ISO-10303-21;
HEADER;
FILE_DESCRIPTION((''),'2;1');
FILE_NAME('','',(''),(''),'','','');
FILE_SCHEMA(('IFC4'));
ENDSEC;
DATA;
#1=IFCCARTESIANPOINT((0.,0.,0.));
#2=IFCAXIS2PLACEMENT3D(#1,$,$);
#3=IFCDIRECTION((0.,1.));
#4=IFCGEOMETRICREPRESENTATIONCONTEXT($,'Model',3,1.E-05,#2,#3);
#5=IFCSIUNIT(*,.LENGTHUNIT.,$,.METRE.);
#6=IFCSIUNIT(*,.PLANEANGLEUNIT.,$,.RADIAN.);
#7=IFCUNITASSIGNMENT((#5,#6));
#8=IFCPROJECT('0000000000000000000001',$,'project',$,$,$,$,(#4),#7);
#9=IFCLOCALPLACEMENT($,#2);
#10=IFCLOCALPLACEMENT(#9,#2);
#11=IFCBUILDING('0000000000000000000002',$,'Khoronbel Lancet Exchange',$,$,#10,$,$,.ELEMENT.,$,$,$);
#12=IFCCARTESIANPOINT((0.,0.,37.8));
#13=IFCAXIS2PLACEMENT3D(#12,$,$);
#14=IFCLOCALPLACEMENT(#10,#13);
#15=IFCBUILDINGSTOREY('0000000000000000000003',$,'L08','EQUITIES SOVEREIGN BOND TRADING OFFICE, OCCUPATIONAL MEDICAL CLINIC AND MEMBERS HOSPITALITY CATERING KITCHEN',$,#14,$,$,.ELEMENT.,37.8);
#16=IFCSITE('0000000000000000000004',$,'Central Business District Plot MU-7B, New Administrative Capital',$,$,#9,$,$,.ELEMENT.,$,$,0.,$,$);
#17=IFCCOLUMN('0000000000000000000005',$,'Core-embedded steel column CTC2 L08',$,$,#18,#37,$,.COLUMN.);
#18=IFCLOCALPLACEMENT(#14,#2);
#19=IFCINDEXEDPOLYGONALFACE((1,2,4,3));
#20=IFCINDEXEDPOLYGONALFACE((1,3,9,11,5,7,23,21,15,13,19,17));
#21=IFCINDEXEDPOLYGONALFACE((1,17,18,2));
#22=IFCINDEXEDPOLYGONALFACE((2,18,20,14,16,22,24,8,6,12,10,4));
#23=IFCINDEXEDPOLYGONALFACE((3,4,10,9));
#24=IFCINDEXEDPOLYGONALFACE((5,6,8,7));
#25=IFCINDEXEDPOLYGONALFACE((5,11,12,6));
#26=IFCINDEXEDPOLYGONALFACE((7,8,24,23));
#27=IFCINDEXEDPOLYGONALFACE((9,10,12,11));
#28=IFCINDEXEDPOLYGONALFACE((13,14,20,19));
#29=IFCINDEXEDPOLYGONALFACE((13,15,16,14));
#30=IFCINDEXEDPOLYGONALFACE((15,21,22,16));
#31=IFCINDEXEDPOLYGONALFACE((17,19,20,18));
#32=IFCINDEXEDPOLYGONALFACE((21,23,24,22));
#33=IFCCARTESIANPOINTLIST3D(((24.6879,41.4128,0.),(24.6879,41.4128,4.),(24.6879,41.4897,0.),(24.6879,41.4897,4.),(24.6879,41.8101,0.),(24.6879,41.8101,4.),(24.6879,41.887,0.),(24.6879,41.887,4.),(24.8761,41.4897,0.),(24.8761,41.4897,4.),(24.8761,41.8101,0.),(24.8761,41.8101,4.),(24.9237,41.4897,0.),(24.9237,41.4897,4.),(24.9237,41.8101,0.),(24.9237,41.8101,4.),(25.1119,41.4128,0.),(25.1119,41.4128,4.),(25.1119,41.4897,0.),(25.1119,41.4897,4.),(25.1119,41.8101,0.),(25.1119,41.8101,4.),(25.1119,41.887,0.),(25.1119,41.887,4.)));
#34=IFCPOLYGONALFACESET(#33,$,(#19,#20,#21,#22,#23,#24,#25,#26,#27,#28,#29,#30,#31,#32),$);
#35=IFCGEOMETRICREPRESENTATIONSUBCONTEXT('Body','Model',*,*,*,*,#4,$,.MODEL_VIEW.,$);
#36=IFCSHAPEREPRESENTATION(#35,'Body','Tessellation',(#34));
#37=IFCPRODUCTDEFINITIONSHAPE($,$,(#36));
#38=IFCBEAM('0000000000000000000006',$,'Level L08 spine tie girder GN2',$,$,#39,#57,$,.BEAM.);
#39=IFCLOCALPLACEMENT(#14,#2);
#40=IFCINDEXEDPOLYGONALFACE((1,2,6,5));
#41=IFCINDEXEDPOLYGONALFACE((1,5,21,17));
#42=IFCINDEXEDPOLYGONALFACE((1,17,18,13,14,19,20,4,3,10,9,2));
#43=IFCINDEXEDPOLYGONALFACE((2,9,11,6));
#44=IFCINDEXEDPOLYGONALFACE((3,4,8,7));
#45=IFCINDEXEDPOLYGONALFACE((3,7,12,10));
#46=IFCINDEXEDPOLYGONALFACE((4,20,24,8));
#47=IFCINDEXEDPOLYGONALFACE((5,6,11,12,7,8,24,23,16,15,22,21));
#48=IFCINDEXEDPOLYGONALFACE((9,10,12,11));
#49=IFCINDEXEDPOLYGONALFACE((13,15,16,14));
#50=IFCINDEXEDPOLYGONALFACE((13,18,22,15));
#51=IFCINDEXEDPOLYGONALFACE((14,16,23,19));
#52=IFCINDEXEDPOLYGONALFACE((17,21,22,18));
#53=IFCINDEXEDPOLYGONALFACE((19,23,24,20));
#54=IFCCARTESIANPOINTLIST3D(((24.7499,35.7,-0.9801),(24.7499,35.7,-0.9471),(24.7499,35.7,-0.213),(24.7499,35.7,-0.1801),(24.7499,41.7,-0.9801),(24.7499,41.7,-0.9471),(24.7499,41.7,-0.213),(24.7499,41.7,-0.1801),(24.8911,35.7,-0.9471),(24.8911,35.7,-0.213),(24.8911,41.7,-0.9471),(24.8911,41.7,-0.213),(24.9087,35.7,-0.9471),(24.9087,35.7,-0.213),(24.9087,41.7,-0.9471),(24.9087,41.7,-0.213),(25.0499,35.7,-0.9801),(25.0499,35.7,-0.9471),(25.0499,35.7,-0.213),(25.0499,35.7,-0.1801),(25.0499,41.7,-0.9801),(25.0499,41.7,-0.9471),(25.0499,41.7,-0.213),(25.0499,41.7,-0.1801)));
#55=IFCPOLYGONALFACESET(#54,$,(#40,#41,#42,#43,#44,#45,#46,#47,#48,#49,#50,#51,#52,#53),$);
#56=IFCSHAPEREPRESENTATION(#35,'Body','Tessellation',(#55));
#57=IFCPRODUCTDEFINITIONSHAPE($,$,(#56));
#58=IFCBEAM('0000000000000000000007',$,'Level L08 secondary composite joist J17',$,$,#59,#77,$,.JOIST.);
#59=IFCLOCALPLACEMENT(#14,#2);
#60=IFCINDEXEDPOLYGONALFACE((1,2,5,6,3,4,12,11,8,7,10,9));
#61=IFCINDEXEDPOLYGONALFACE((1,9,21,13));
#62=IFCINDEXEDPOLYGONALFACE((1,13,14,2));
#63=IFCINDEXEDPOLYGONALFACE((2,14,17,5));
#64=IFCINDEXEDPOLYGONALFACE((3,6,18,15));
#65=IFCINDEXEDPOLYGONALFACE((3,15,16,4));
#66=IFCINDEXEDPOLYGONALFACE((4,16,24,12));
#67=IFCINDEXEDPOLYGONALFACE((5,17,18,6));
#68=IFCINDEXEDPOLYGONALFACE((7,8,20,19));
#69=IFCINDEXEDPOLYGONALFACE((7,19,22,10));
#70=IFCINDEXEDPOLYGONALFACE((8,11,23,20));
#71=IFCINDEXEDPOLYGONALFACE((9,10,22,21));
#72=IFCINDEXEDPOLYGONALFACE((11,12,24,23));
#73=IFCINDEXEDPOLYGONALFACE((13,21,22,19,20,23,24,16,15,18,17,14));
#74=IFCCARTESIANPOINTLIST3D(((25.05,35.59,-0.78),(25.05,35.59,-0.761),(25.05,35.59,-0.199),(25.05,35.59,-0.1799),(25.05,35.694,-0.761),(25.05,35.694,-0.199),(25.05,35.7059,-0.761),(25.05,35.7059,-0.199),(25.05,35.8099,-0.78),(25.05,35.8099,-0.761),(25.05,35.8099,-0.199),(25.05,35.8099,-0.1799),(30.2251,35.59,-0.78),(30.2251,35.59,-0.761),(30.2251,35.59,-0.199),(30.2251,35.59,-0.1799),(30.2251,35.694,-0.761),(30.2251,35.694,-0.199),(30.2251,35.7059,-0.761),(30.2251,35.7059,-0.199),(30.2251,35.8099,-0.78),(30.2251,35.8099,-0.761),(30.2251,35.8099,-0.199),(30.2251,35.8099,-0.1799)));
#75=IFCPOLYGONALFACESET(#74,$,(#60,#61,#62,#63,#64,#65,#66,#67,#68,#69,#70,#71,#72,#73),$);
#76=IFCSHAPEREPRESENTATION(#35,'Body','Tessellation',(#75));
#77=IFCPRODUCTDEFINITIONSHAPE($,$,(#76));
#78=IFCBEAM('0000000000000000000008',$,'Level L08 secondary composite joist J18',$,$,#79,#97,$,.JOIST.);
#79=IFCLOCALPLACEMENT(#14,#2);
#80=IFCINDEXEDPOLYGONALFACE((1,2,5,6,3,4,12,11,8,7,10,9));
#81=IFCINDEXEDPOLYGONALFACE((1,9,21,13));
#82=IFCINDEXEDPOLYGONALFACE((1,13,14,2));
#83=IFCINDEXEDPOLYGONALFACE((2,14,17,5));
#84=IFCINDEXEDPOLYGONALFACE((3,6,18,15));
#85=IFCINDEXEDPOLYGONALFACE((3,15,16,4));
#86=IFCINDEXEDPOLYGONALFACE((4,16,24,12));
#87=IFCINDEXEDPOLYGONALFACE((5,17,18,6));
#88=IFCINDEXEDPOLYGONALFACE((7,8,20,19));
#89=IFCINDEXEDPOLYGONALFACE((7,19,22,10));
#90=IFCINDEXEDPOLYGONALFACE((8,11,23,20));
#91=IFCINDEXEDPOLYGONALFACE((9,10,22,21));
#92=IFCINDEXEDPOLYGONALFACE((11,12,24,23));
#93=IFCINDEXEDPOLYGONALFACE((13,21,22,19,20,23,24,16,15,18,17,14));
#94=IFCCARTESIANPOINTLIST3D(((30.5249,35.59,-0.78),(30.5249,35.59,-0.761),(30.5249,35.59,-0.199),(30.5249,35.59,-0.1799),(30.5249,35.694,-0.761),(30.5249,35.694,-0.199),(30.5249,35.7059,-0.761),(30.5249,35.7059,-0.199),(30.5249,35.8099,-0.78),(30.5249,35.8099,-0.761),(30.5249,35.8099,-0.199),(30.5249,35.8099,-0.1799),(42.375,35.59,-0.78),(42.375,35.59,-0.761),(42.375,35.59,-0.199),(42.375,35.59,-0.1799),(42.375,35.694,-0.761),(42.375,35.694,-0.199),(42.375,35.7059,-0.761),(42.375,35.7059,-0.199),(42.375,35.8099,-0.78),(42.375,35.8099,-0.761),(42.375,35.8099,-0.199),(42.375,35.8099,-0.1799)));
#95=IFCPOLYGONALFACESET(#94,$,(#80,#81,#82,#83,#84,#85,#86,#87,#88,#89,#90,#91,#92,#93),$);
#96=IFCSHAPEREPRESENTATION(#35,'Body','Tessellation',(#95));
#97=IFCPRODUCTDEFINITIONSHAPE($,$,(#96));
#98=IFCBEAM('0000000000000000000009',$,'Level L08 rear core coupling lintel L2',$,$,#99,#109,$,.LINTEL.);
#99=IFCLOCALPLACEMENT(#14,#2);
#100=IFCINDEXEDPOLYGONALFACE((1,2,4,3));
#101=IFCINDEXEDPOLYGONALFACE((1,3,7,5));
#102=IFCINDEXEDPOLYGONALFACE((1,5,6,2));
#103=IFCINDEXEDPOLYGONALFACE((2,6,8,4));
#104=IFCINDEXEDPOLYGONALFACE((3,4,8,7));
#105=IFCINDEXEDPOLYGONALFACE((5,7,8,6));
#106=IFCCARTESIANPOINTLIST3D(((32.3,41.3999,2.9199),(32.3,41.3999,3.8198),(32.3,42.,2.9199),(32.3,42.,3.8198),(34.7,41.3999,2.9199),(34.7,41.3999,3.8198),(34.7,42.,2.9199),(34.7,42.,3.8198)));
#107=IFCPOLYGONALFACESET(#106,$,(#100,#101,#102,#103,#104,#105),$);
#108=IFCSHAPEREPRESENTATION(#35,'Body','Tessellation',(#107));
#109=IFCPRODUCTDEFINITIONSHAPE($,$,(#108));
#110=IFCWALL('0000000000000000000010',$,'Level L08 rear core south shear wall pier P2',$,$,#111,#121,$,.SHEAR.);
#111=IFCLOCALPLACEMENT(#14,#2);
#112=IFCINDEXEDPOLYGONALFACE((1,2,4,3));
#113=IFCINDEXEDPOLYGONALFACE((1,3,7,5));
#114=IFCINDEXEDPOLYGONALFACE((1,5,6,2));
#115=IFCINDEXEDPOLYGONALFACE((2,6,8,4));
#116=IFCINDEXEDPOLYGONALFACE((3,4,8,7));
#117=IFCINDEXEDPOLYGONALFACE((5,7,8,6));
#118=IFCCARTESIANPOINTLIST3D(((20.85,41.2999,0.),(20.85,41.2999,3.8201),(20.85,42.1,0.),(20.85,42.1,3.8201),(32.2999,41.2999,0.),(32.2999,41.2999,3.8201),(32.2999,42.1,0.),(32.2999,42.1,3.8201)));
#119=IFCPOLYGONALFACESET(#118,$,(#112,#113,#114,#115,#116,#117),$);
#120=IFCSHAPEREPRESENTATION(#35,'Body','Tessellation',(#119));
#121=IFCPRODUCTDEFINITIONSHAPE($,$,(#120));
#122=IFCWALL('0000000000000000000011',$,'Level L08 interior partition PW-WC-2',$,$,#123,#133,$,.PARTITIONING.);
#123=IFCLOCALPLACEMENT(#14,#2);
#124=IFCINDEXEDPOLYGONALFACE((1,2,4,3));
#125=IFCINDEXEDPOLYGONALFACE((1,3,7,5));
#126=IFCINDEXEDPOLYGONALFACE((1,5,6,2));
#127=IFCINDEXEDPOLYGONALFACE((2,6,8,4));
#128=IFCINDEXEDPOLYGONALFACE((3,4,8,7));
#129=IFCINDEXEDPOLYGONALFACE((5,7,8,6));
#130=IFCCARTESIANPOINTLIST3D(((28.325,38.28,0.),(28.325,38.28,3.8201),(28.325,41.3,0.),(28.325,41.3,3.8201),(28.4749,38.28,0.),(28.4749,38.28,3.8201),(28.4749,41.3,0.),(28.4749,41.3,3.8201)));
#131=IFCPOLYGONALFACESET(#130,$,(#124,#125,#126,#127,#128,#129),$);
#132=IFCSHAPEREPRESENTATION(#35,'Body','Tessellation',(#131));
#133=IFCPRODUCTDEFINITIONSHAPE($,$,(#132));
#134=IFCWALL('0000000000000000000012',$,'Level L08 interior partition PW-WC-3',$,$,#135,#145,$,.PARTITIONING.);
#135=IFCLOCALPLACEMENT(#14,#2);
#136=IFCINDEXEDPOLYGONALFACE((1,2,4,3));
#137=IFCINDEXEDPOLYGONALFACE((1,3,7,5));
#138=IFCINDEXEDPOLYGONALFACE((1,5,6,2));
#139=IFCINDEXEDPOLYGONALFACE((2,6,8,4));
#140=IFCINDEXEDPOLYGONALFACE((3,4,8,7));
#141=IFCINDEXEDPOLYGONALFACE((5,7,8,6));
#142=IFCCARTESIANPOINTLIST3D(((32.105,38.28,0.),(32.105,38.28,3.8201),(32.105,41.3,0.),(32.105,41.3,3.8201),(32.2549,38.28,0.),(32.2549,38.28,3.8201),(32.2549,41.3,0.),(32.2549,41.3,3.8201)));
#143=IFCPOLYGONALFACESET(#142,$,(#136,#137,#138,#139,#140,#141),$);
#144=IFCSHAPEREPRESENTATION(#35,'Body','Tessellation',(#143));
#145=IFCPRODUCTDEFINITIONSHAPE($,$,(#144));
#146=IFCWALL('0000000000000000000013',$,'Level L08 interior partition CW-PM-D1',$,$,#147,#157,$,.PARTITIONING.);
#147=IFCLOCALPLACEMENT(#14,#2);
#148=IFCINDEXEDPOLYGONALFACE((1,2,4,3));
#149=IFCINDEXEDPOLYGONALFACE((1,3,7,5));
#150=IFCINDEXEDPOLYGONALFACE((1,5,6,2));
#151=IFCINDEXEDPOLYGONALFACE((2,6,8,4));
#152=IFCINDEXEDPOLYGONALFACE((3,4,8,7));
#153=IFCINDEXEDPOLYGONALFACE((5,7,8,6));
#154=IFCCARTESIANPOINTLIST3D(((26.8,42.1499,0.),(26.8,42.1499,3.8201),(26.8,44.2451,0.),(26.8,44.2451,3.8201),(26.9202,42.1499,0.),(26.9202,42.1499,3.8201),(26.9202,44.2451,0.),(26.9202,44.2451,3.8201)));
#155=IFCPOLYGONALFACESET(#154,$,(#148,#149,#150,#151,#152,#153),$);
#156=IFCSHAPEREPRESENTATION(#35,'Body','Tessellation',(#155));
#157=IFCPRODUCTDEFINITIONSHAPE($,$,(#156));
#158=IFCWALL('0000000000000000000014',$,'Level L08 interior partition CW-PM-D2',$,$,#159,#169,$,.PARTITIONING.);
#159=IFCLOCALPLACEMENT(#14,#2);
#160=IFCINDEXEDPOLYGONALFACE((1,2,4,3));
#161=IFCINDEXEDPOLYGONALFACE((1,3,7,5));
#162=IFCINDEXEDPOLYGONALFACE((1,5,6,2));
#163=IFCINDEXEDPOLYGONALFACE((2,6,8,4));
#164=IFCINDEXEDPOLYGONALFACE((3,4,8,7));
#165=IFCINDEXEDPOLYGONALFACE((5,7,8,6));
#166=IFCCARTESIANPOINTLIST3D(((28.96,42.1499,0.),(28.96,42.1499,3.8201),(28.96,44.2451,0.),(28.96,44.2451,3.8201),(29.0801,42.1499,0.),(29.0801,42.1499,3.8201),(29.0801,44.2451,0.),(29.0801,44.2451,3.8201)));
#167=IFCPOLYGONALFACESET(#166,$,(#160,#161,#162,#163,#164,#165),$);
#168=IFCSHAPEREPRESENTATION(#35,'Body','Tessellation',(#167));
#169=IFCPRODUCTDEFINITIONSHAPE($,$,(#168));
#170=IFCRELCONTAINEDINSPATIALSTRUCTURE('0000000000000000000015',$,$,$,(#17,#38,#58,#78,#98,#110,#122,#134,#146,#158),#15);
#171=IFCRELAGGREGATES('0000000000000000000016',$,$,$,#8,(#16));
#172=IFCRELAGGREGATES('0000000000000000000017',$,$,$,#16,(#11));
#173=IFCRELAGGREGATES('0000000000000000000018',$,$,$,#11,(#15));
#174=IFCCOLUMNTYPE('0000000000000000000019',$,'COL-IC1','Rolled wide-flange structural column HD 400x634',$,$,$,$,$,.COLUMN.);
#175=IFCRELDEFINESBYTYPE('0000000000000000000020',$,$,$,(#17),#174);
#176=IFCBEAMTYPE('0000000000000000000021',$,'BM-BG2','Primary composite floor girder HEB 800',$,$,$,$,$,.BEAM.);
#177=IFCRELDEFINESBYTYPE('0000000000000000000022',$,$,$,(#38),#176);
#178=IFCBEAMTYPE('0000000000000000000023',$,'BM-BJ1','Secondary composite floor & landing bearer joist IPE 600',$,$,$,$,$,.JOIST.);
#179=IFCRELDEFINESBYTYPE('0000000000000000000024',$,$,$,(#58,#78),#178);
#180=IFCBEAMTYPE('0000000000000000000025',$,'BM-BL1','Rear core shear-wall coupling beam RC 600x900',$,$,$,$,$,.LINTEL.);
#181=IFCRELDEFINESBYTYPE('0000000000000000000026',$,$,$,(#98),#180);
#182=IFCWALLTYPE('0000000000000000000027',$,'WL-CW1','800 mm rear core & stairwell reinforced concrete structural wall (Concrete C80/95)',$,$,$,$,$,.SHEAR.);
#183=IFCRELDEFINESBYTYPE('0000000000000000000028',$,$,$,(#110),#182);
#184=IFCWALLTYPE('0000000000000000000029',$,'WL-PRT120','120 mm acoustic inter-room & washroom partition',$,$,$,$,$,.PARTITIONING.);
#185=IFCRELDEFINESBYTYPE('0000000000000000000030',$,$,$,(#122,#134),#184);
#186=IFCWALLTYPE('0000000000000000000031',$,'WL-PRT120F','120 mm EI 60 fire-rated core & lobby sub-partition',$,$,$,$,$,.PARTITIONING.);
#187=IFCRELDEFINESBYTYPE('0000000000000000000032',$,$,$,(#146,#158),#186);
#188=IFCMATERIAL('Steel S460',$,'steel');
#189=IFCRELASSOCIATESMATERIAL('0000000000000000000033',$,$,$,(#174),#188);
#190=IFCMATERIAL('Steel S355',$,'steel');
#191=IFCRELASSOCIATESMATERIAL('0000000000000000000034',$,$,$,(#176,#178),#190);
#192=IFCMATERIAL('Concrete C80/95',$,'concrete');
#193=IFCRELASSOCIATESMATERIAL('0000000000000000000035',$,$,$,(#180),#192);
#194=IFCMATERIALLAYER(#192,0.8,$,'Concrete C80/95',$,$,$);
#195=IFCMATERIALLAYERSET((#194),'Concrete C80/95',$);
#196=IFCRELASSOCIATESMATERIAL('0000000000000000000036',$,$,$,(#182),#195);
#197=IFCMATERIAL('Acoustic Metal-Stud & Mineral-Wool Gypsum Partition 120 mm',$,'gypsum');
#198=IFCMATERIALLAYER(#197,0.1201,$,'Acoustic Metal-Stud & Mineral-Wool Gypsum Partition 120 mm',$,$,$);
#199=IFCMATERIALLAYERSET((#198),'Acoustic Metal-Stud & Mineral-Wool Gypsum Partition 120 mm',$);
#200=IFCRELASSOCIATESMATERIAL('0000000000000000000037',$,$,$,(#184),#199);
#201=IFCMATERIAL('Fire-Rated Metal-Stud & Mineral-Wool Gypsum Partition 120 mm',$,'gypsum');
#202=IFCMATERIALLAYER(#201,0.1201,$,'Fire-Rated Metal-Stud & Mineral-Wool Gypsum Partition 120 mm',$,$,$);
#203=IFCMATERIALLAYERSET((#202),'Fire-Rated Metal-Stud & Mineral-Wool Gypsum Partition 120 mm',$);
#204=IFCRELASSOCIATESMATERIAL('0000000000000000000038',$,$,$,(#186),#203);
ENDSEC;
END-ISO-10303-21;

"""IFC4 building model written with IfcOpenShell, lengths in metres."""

from ifc_helpers import new_model, si_unit, direction, frame, frame_2d, origin, origin_2d, place, context, subcontext, project, spatial, rectangle, i_section, extrude, material, layer, layer_set, material_profile, profile_set, type_object, element, save


model = new_model("IFC4")

# Units and contexts
model_context = context("Model", 3, precision=1e-05, world=origin(), true_north=direction((0.0, 1.0)))
body_context = subcontext(model_context, "Body", "Model", "MODEL_VIEW")
ifc_project = project(units=[si_unit("LENGTHUNIT", "METRE"), si_unit("PLANEANGLEUNIT", "RADIAN")], contexts=[model_context])

# Site, building, storey
site_placement = place(None, origin())
site = spatial("IfcSite", under=ifc_project, at=site_placement, Name="Central Business District Plot MU-7B, New Administrative Capital", CompositionType="ELEMENT", RefElevation=0.0)
building_placement = place(site_placement, origin())
building = spatial("IfcBuilding", under=site, at=building_placement, Name="Khoronbel Lancet Exchange", CompositionType="ELEMENT")
storey_placement = place(building_placement, frame((0.0, 0.0, 37.8)))
storey = spatial("IfcBuildingStorey", under=building, at=storey_placement, Name="L08", Description="EQUITIES SOVEREIGN BOND TRADING OFFICE, OCCUPATIONAL MEDICAL CLINIC AND MEMBERS HOSPITALITY CATERING KITCHEN", CompositionType="ELEMENT", Elevation=37.8)

# Column
ifc_material_1 = material(Name="Steel S460", Category="steel")
ifc_material_profile_1 = material_profile(ifc_material_1, i_section(OverallWidth=0.4241, OverallDepth=0.4741, WebThickness=0.0476, FlangeThickness=0.0769, at=origin_2d()), Name="HD 400x634")
ifc_profile_set_1 = profile_set([ifc_material_profile_1], Name="Steel S460")
column_type = type_object("IfcColumnType", Name="COL-IC1", Description="Rolled wide-flange structural column HD 400x634", PredefinedType="COLUMN", material=ifc_profile_set_1)
column_placement = place(storey_placement, frame((24.8999, 41.6499, 0.0), z_axis=(0.0, 0.0, 1.0), x_axis=(1.0, 0.0, 0.0)))
element("IfcColumn", 1, at=column_placement, inside=storey, type_object=column_type, Name="Core-embedded steel column CTC2 L08", PredefinedType="COLUMN", context=body_context, shape_type="SweptSolid", body=[
    extrude(i_section(OverallWidth=0.4241, OverallDepth=0.4741, WebThickness=0.0476, FlangeThickness=0.0769, at=origin_2d()), origin(), (0.0, 0.0, 1.0), 4.0),
])

# Beams
ifc_material_2 = material(Name="Steel S355", Category="steel")
ifc_material_profile_2 = material_profile(ifc_material_2, i_section(OverallWidth=0.3, OverallDepth=0.8, WebThickness=0.0176, FlangeThickness=0.033, at=origin_2d()), Name="HEB 800")
ifc_profile_set_2 = profile_set([ifc_material_profile_2], Name="Steel S355")
beam_type_1 = type_object("IfcBeamType", Name="BM-BG2", Description="Primary composite floor girder HEB 800", PredefinedType="BEAM", material=ifc_profile_set_2)
beam_1_placement = place(storey_placement, frame((24.8999, 35.7, -0.5801), z_axis=(0.0, 1.0, 0.0), x_axis=(-1.0, 0.0, 0.0)))
element("IfcBeam", 2, at=beam_1_placement, inside=storey, type_object=beam_type_1, Name="Level L08 spine tie girder GN2", PredefinedType="BEAM", context=body_context, shape_type="SweptSolid", body=[
    extrude(i_section(OverallWidth=0.3, OverallDepth=0.8, WebThickness=0.0176, FlangeThickness=0.033, at=origin_2d()), origin(), (0.0, 0.0, 1.0), 6.0),
])
ifc_material_profile_3 = material_profile(ifc_material_2, i_section(OverallWidth=0.22, OverallDepth=0.6001, WebThickness=0.012, FlangeThickness=0.019, at=origin_2d()), Name="IPE 600")
ifc_profile_set_3 = profile_set([ifc_material_profile_3], Name="Steel S355")
beam_type_2 = type_object("IfcBeamType", Name="BM-BJ1", Description="Secondary composite floor & landing bearer joist IPE 600", PredefinedType="JOIST", material=ifc_profile_set_3)
beam_2_placement = place(storey_placement, frame((25.05, 35.7, -0.48), z_axis=(1.0, 0.0, 0.0), x_axis=(0.0, 1.0, 0.0)))
element("IfcBeam", 3, at=beam_2_placement, inside=storey, type_object=beam_type_2, Name="Level L08 secondary composite joist J17", PredefinedType="JOIST", context=body_context, shape_type="SweptSolid", body=[
    extrude(i_section(OverallWidth=0.22, OverallDepth=0.6001, WebThickness=0.012, FlangeThickness=0.019, at=origin_2d()), origin(), (0.0, 0.0, 1.0), 5.175),
])
beam_3_placement = place(storey_placement, frame((30.5249, 35.7, -0.48), z_axis=(1.0, 0.0, 0.0), x_axis=(0.0, 1.0, 0.0)))
element("IfcBeam", 4, at=beam_3_placement, inside=storey, type_object=beam_type_2, Name="Level L08 secondary composite joist J18", PredefinedType="JOIST", context=body_context, shape_type="SweptSolid", body=[
    extrude(i_section(OverallWidth=0.22, OverallDepth=0.6001, WebThickness=0.012, FlangeThickness=0.019, at=origin_2d()), origin(), (0.0, 0.0, 1.0), 11.8501),
])
ifc_material_3 = material(Name="Concrete C80/95", Category="concrete")
ifc_material_profile_4 = material_profile(ifc_material_3, rectangle(XDim=0.6001, YDim=0.8999, at=origin_2d()), Name="RC 600x900")
ifc_profile_set_4 = profile_set([ifc_material_profile_4], Name="Concrete C80/95")
beam_type_3 = type_object("IfcBeamType", Name="BM-BL1", Description="Rear core shear-wall coupling beam RC 600x900", PredefinedType="LINTEL", material=ifc_profile_set_4)
beam_4_placement = place(storey_placement, frame((32.3, 41.7, 3.3699), z_axis=(1.0, 0.0, 0.0), x_axis=(0.0, 1.0, 0.0)))
element("IfcBeam", 5, at=beam_4_placement, inside=storey, type_object=beam_type_3, Name="Level L08 rear core coupling lintel L2", PredefinedType="LINTEL", context=body_context, shape_type="SweptSolid", body=[
    extrude(rectangle(XDim=0.6001, YDim=0.8999, at=origin_2d()), origin(), (0.0, 0.0, 1.0), 2.3999),
])

# Walls
ifc_layer_1 = layer(ifc_material_3, 0.8, Name="Concrete C80/95")
ifc_layer_set_1 = layer_set([ifc_layer_1], Name="Concrete C80/95")
wall_type_1 = type_object("IfcWallType", Name="WL-CW1", Description="800 mm rear core & stairwell reinforced concrete structural wall (Concrete C80/95)", PredefinedType="SHEAR", material=ifc_layer_set_1)
wall_1_placement = place(storey_placement, frame((32.3, 41.7, 0.0), z_axis=(0.0, 0.0, 1.0), x_axis=(-1.0, 0.0, 0.0)))
element("IfcWall", 6, at=wall_1_placement, inside=storey, type_object=wall_type_1, Name="Level L08 rear core south shear wall pier P2", PredefinedType="SHEAR", context=body_context, shape_type="SweptSolid", body=[
    extrude(rectangle(XDim=11.45, YDim=0.8, at=frame_2d((5.7251, 0.0))), origin(), (0.0, 0.0, 1.0), 3.8201),
])
ifc_material_4 = material(Name="Acoustic Metal-Stud & Mineral-Wool Gypsum Partition 120 mm", Category="gypsum")
ifc_layer_2 = layer(ifc_material_4, 0.1201, Name="Acoustic Metal-Stud & Mineral-Wool Gypsum Partition 120 mm")
ifc_layer_set_2 = layer_set([ifc_layer_2], Name="Acoustic Metal-Stud & Mineral-Wool Gypsum Partition 120 mm")
wall_type_2 = type_object("IfcWallType", Name="WL-PRT120", Description="120 mm acoustic inter-room & washroom partition", PredefinedType="PARTITIONING", material=ifc_layer_set_2)
for number, where, z_axis, x_axis, name in (
    (7, (28.3999, 38.28, 0.0), (0.0, 0.0, 1.0), (0.0, 1.0, 0.0), "Level L08 interior partition PW-WC-2"),
    (8, (32.1799, 38.28, 0.0), (0.0, 0.0, 1.0), (0.0, 1.0, 0.0), "Level L08 interior partition PW-WC-3"),
):
    element("IfcWall", number, at=place(storey_placement, frame(where, z_axis=z_axis, x_axis=x_axis)), inside=storey, type_object=wall_type_2, Name=name, PredefinedType="PARTITIONING", context=body_context, shape_type="SweptSolid", body=[
        extrude(rectangle(XDim=3.02, YDim=0.1499, at=frame_2d((1.51, 0.0))), origin(), (0.0, 0.0, 1.0), 3.8201),
    ])
ifc_material_5 = material(Name="Fire-Rated Metal-Stud & Mineral-Wool Gypsum Partition 120 mm", Category="gypsum")
ifc_layer_3 = layer(ifc_material_5, 0.1201, Name="Fire-Rated Metal-Stud & Mineral-Wool Gypsum Partition 120 mm")
ifc_layer_set_3 = layer_set([ifc_layer_3], Name="Fire-Rated Metal-Stud & Mineral-Wool Gypsum Partition 120 mm")
wall_type_3 = type_object("IfcWallType", Name="WL-PRT120F", Description="120 mm EI 60 fire-rated core & lobby sub-partition", PredefinedType="PARTITIONING", material=ifc_layer_set_3)
for number, where, z_axis, x_axis, name in (
    (9, (26.8601, 42.1499, 0.0), (0.0, 0.0, 1.0), (0.0, 1.0, 0.0), "Level L08 interior partition CW-PM-D1"),
    (10, (29.02, 42.1499, 0.0), (0.0, 0.0, 1.0), (0.0, 1.0, 0.0), "Level L08 interior partition CW-PM-D2"),
):
    element("IfcWall", number, at=place(storey_placement, frame(where, z_axis=z_axis, x_axis=x_axis)), inside=storey, type_object=wall_type_3, Name=name, PredefinedType="PARTITIONING", context=body_context, shape_type="SweptSolid", body=[
        extrude(rectangle(XDim=2.0952, YDim=0.1201, at=frame_2d((1.0476, 0.0))), origin(), (0.0, 0.0, 1.0), 3.8201),
    ])

save(model, "model.ifc")
